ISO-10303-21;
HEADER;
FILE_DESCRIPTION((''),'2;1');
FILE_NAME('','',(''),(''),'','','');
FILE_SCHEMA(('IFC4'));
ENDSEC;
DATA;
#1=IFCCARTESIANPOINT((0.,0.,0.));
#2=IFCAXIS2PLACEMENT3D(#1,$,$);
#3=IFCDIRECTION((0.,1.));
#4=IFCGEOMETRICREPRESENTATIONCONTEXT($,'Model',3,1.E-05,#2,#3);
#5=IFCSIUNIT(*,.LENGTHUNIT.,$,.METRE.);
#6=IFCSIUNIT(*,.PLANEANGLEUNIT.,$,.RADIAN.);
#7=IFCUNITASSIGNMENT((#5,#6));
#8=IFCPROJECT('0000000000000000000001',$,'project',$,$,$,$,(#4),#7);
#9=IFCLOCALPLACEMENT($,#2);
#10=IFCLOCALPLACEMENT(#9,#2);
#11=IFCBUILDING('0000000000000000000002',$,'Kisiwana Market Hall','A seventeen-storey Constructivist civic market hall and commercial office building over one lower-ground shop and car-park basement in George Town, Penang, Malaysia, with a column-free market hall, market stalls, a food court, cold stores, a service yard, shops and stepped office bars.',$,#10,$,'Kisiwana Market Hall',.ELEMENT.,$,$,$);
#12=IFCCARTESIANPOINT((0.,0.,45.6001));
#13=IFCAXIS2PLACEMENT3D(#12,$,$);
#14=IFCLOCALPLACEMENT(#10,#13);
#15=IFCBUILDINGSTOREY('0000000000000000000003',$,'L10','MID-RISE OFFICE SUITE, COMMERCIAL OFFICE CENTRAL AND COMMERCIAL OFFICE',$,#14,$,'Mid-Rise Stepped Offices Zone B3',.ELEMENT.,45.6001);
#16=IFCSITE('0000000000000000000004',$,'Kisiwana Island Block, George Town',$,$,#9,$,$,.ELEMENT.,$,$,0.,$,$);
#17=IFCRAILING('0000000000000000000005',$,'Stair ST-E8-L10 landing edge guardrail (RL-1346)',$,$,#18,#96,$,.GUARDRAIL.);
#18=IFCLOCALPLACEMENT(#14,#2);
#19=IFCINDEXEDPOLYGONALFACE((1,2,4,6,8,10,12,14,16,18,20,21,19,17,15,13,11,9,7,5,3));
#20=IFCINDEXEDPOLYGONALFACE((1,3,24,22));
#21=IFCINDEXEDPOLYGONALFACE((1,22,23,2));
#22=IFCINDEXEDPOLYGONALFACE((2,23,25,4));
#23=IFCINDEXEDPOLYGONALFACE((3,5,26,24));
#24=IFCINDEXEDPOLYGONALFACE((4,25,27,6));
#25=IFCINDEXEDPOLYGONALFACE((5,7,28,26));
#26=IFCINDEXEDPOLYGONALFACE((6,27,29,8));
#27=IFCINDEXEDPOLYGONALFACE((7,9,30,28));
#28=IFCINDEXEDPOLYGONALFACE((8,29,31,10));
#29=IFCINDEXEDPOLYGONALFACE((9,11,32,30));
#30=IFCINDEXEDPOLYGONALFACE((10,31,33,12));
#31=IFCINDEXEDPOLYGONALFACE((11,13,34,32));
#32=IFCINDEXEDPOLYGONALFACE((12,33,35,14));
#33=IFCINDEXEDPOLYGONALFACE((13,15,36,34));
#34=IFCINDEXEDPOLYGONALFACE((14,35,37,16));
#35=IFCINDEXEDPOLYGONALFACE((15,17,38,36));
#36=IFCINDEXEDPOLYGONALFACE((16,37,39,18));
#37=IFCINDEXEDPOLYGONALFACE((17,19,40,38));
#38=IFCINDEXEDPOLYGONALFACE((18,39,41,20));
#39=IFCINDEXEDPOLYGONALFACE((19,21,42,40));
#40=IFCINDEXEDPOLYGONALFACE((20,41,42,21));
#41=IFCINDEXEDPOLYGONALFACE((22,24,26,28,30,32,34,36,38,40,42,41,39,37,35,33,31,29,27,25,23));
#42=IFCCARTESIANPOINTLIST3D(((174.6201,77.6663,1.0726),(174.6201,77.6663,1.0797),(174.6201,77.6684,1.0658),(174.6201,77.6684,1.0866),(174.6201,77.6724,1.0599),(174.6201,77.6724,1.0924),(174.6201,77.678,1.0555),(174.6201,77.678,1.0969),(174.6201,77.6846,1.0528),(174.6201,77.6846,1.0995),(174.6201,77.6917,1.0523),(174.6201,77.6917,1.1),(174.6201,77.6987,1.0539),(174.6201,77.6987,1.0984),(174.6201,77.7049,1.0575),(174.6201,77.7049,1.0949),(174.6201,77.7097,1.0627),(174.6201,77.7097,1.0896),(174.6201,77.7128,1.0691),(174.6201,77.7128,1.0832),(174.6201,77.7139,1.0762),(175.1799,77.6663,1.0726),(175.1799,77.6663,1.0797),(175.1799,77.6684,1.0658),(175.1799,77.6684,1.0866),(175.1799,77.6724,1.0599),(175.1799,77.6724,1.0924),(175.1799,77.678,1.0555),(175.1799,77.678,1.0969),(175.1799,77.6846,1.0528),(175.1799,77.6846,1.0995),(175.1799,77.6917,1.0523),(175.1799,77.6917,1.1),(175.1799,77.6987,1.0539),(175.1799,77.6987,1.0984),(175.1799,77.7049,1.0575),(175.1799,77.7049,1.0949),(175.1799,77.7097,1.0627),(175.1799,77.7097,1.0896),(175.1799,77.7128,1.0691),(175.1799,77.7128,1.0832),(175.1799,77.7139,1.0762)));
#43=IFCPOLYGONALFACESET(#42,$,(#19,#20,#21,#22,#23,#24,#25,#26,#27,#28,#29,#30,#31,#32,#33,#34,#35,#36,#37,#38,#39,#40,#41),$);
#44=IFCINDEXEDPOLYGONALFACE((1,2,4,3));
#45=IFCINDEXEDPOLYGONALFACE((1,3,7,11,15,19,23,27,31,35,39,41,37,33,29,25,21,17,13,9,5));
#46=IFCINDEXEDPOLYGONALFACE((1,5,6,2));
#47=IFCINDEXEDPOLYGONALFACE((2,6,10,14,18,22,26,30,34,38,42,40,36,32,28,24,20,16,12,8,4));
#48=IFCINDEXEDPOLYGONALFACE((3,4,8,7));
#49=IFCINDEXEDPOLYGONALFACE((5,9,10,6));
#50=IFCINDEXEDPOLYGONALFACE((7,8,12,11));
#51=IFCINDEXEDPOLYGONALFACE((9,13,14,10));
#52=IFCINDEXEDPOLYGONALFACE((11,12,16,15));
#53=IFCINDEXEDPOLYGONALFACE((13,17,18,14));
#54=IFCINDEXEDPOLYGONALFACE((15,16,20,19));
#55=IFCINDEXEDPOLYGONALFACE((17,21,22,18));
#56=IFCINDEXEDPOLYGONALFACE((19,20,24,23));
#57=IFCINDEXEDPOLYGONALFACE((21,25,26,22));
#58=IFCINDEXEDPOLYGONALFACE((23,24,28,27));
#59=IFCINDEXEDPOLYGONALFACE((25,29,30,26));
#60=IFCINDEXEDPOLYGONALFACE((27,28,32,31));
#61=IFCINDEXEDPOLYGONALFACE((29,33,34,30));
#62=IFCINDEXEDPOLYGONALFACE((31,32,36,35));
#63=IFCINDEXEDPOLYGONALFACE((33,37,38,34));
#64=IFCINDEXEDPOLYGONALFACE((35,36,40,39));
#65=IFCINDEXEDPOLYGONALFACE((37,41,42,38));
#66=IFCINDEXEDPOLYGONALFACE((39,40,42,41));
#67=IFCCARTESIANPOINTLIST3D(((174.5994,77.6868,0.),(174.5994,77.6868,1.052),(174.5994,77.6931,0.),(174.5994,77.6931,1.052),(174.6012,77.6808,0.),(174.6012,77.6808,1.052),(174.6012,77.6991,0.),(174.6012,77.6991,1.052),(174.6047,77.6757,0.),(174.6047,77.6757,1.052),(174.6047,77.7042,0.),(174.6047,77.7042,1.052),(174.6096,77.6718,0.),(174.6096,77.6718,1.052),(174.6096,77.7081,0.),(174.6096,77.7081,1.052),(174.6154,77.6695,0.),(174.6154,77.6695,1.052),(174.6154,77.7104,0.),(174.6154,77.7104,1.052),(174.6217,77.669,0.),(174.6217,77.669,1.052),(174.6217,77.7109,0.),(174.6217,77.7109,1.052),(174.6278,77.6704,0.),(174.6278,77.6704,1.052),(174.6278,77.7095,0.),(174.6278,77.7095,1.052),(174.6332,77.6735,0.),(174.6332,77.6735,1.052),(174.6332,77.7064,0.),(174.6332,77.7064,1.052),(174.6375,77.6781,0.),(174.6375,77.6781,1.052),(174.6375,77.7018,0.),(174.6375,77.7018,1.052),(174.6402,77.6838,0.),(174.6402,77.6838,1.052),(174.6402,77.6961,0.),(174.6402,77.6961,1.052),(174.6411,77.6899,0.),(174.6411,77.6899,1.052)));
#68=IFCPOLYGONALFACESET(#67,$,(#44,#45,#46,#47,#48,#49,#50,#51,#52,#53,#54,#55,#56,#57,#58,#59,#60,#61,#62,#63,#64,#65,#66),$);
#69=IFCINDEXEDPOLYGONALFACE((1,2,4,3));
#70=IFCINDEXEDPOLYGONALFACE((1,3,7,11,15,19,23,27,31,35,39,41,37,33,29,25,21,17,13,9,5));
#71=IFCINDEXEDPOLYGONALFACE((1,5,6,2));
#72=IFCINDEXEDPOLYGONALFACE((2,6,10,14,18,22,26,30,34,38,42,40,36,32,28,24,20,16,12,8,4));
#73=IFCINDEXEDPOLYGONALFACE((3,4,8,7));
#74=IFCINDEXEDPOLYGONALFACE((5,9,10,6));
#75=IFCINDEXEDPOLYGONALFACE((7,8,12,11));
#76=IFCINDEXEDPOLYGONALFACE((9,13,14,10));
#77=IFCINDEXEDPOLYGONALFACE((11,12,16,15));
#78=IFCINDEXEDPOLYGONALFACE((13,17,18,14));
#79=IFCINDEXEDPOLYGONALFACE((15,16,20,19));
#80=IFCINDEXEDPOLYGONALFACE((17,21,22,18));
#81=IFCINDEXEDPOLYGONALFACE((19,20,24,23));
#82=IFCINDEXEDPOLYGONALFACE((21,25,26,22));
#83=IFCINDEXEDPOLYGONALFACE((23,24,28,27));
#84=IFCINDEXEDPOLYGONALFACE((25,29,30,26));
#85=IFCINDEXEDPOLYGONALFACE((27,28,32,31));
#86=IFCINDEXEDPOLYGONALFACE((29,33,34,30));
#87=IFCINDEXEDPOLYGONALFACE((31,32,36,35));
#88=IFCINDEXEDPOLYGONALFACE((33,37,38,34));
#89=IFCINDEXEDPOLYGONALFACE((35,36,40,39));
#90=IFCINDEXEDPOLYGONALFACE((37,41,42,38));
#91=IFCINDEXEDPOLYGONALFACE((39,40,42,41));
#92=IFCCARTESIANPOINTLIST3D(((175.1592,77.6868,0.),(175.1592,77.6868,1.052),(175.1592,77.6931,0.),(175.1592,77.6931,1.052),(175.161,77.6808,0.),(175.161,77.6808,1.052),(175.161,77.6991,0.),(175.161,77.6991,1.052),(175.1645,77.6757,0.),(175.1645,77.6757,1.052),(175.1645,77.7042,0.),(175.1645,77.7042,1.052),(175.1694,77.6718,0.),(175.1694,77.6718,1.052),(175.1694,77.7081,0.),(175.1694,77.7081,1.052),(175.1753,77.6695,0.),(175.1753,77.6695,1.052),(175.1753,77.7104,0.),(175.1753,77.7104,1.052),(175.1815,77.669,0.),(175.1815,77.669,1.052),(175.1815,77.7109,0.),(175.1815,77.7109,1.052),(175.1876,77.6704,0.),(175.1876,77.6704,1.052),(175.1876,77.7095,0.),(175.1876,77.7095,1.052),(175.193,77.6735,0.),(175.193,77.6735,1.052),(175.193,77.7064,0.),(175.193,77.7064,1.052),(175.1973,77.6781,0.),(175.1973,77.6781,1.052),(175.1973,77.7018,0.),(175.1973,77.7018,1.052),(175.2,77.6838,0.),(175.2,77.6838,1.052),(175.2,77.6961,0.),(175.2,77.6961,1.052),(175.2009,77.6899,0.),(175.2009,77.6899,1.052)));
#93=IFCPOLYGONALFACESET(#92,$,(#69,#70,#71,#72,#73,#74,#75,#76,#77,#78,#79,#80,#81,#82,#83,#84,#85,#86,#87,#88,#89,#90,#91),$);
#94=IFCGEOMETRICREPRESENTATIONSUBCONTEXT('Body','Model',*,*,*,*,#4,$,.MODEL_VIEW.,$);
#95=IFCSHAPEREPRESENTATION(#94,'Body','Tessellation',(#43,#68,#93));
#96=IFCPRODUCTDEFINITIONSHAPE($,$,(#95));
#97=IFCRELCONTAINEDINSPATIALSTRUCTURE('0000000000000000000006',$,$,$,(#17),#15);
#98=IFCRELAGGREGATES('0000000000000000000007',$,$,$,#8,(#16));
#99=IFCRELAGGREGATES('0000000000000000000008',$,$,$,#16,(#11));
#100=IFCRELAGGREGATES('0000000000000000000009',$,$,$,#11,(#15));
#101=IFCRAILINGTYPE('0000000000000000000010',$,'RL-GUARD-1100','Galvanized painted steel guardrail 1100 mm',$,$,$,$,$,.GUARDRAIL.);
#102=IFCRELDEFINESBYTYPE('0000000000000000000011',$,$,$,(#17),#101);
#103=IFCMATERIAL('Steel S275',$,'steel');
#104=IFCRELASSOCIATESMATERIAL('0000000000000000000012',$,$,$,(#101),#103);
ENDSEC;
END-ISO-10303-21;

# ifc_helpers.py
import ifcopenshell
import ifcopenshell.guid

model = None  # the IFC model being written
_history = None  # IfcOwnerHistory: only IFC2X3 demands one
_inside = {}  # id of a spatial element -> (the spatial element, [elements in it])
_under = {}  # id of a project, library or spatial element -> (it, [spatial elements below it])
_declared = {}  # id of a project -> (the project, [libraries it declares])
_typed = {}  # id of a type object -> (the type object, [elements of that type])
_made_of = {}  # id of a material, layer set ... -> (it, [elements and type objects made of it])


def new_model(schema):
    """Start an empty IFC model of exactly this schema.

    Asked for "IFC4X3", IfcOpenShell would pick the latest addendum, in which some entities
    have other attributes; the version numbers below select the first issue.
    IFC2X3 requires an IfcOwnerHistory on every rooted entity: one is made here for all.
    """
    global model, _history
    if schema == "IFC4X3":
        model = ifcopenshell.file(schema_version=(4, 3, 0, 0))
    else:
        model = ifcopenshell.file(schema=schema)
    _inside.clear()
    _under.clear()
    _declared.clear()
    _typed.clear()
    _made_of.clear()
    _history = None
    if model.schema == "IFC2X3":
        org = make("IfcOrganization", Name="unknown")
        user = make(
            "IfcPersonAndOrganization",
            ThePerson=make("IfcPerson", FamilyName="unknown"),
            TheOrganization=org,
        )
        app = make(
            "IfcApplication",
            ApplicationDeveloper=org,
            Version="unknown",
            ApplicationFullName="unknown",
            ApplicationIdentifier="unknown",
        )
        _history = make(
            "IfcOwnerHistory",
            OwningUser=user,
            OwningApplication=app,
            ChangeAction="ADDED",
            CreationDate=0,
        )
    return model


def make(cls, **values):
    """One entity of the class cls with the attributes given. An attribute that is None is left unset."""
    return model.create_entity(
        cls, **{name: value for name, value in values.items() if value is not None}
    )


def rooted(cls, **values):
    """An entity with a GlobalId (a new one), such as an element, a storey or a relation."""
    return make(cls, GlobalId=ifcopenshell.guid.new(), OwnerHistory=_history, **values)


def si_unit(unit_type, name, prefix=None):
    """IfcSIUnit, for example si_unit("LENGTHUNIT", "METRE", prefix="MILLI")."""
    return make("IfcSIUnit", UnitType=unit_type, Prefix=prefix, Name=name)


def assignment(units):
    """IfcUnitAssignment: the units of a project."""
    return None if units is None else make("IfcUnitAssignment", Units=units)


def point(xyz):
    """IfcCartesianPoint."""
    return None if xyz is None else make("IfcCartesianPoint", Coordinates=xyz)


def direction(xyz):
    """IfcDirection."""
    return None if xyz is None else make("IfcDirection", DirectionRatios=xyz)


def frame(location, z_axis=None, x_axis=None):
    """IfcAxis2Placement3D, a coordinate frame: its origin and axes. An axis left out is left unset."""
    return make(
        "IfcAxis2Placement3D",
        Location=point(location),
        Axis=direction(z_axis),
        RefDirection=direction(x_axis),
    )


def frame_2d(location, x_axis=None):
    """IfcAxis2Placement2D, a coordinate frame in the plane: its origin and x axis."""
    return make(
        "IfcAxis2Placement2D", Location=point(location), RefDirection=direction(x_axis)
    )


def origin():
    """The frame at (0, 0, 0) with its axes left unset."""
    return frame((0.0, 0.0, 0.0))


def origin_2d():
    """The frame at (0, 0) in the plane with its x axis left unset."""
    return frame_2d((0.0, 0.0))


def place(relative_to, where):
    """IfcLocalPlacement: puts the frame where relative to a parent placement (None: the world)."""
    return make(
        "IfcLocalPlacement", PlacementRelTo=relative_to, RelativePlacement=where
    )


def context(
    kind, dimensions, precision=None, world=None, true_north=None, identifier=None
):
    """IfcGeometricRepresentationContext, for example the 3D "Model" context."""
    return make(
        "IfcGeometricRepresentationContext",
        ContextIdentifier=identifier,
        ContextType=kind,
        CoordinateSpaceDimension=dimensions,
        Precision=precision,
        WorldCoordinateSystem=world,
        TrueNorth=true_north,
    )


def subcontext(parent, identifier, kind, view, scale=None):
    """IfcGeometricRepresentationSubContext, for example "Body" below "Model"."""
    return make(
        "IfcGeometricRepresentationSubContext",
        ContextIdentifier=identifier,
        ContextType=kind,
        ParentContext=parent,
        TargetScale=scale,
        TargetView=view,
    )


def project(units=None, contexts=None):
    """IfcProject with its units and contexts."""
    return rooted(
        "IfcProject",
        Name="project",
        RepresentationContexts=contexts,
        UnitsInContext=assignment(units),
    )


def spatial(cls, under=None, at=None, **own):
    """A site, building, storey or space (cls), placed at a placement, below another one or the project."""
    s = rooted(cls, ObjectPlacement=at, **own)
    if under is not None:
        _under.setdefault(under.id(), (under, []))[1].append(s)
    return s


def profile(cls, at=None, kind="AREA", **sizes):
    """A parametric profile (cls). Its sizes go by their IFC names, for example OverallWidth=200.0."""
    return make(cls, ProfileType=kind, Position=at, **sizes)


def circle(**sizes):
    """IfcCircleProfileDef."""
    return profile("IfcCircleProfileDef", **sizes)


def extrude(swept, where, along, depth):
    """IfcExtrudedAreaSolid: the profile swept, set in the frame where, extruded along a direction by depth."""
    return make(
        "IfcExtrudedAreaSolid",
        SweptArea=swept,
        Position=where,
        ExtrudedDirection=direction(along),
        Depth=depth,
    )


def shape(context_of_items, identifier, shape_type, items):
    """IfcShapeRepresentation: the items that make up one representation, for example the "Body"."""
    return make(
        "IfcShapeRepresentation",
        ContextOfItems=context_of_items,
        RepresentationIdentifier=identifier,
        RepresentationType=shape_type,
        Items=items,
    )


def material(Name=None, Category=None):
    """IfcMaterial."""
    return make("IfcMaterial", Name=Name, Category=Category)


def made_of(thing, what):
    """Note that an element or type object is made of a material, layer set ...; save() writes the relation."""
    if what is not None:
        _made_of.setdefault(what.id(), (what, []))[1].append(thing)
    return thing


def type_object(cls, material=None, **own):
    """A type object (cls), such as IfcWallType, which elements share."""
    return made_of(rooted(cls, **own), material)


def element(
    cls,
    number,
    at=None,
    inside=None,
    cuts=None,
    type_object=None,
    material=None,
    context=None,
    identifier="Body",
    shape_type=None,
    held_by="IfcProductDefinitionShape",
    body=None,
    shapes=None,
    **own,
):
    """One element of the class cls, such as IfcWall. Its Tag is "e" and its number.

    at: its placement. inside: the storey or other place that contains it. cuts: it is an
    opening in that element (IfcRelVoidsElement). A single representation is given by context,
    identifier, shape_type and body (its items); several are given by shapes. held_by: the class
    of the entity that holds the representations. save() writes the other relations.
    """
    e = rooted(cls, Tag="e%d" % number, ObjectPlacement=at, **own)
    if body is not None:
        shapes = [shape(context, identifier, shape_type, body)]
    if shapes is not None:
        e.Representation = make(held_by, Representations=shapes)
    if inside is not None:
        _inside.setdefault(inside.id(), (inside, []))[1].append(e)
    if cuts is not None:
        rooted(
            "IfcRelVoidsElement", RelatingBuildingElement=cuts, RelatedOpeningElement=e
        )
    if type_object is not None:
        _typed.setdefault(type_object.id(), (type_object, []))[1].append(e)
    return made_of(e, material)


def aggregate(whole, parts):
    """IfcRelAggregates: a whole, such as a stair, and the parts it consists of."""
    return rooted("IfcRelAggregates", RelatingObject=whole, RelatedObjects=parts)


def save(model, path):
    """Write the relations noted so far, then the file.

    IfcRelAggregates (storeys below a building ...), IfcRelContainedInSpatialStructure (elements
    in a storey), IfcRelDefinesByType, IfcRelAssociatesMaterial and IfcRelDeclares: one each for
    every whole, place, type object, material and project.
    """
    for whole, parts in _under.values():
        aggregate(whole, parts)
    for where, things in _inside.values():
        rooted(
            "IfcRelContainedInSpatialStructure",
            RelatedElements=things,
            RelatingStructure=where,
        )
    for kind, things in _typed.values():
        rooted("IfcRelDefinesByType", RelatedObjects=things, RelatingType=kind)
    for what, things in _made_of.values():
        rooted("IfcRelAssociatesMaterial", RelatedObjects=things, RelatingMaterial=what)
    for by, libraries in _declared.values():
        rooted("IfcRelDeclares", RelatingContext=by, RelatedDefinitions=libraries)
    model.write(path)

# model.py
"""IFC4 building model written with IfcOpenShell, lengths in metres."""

from ifc_helpers import new_model, si_unit, direction, frame, origin, origin_2d, place, context, subcontext, project, spatial, circle, extrude, material, type_object, element, save


model = new_model("IFC4")

# Units and contexts
model_context = context("Model", 3, precision=1e-05, world=origin(), true_north=direction((0.0, 1.0)))
body_context = subcontext(model_context, "Body", "Model", "MODEL_VIEW")
ifc_project = project(units=[si_unit("LENGTHUNIT", "METRE"), si_unit("PLANEANGLEUNIT", "RADIAN")], contexts=[model_context])

# Site, building, storey
site_placement = place(None, origin())
site = spatial("IfcSite", under=ifc_project, at=site_placement, Name="Kisiwana Island Block, George Town", CompositionType="ELEMENT", RefElevation=0.0)
building_placement = place(site_placement, origin())
building = spatial("IfcBuilding", under=site, at=building_placement, Name="Kisiwana Market Hall", Description="A seventeen-storey Constructivist civic market hall and commercial office building over one lower-ground shop and car-park basement in George Town, Penang, Malaysia, with a column-free market hall, market stalls, a food court, cold stores, a service yard, shops and stepped office bars.", LongName="Kisiwana Market Hall", CompositionType="ELEMENT")
storey_placement = place(building_placement, frame((0.0, 0.0, 45.6001)))
storey = spatial("IfcBuildingStorey", under=building, at=storey_placement, Name="L10", Description="MID-RISE OFFICE SUITE, COMMERCIAL OFFICE CENTRAL AND COMMERCIAL OFFICE", LongName="Mid-Rise Stepped Offices Zone B3", CompositionType="ELEMENT", Elevation=45.6001)

# Railing
ifc_material_1 = material(Name="Steel S275", Category="steel")
railing_type_1 = type_object("IfcRailingType", Name="RL-GUARD-1100", Description="Galvanized painted steel guardrail 1100 mm", PredefinedType="GUARDRAIL", material=ifc_material_1)
railing_1_placement = place(storey_placement, frame((174.6201, 77.6899, 0.0)))
element("IfcRailing", 1, at=railing_1_placement, inside=storey, type_object=railing_type_1, Name="Stair ST-E8-L10 landing edge guardrail (RL-1346)", PredefinedType="GUARDRAIL", context=body_context, shape_type="SweptSolid", body=[
    extrude(circle(Radius=0.0239, at=origin_2d()), frame((0.0, 0.0, 1.0762), z_axis=(1.0, 0.0, 0.0), x_axis=(0.0, 1.0, 0.0)), (0.0, 0.0, 1.0), 0.5598),
    extrude(circle(Radius=0.021, at=origin_2d()), origin(), (0.0, 0.0, 1.0), 1.052),
    extrude(circle(Radius=0.021, at=origin_2d()), frame((0.5598, 0.0, 0.0)), (0.0, 0.0, 1.0), 1.052),
])

save(model, "model.ifc")
